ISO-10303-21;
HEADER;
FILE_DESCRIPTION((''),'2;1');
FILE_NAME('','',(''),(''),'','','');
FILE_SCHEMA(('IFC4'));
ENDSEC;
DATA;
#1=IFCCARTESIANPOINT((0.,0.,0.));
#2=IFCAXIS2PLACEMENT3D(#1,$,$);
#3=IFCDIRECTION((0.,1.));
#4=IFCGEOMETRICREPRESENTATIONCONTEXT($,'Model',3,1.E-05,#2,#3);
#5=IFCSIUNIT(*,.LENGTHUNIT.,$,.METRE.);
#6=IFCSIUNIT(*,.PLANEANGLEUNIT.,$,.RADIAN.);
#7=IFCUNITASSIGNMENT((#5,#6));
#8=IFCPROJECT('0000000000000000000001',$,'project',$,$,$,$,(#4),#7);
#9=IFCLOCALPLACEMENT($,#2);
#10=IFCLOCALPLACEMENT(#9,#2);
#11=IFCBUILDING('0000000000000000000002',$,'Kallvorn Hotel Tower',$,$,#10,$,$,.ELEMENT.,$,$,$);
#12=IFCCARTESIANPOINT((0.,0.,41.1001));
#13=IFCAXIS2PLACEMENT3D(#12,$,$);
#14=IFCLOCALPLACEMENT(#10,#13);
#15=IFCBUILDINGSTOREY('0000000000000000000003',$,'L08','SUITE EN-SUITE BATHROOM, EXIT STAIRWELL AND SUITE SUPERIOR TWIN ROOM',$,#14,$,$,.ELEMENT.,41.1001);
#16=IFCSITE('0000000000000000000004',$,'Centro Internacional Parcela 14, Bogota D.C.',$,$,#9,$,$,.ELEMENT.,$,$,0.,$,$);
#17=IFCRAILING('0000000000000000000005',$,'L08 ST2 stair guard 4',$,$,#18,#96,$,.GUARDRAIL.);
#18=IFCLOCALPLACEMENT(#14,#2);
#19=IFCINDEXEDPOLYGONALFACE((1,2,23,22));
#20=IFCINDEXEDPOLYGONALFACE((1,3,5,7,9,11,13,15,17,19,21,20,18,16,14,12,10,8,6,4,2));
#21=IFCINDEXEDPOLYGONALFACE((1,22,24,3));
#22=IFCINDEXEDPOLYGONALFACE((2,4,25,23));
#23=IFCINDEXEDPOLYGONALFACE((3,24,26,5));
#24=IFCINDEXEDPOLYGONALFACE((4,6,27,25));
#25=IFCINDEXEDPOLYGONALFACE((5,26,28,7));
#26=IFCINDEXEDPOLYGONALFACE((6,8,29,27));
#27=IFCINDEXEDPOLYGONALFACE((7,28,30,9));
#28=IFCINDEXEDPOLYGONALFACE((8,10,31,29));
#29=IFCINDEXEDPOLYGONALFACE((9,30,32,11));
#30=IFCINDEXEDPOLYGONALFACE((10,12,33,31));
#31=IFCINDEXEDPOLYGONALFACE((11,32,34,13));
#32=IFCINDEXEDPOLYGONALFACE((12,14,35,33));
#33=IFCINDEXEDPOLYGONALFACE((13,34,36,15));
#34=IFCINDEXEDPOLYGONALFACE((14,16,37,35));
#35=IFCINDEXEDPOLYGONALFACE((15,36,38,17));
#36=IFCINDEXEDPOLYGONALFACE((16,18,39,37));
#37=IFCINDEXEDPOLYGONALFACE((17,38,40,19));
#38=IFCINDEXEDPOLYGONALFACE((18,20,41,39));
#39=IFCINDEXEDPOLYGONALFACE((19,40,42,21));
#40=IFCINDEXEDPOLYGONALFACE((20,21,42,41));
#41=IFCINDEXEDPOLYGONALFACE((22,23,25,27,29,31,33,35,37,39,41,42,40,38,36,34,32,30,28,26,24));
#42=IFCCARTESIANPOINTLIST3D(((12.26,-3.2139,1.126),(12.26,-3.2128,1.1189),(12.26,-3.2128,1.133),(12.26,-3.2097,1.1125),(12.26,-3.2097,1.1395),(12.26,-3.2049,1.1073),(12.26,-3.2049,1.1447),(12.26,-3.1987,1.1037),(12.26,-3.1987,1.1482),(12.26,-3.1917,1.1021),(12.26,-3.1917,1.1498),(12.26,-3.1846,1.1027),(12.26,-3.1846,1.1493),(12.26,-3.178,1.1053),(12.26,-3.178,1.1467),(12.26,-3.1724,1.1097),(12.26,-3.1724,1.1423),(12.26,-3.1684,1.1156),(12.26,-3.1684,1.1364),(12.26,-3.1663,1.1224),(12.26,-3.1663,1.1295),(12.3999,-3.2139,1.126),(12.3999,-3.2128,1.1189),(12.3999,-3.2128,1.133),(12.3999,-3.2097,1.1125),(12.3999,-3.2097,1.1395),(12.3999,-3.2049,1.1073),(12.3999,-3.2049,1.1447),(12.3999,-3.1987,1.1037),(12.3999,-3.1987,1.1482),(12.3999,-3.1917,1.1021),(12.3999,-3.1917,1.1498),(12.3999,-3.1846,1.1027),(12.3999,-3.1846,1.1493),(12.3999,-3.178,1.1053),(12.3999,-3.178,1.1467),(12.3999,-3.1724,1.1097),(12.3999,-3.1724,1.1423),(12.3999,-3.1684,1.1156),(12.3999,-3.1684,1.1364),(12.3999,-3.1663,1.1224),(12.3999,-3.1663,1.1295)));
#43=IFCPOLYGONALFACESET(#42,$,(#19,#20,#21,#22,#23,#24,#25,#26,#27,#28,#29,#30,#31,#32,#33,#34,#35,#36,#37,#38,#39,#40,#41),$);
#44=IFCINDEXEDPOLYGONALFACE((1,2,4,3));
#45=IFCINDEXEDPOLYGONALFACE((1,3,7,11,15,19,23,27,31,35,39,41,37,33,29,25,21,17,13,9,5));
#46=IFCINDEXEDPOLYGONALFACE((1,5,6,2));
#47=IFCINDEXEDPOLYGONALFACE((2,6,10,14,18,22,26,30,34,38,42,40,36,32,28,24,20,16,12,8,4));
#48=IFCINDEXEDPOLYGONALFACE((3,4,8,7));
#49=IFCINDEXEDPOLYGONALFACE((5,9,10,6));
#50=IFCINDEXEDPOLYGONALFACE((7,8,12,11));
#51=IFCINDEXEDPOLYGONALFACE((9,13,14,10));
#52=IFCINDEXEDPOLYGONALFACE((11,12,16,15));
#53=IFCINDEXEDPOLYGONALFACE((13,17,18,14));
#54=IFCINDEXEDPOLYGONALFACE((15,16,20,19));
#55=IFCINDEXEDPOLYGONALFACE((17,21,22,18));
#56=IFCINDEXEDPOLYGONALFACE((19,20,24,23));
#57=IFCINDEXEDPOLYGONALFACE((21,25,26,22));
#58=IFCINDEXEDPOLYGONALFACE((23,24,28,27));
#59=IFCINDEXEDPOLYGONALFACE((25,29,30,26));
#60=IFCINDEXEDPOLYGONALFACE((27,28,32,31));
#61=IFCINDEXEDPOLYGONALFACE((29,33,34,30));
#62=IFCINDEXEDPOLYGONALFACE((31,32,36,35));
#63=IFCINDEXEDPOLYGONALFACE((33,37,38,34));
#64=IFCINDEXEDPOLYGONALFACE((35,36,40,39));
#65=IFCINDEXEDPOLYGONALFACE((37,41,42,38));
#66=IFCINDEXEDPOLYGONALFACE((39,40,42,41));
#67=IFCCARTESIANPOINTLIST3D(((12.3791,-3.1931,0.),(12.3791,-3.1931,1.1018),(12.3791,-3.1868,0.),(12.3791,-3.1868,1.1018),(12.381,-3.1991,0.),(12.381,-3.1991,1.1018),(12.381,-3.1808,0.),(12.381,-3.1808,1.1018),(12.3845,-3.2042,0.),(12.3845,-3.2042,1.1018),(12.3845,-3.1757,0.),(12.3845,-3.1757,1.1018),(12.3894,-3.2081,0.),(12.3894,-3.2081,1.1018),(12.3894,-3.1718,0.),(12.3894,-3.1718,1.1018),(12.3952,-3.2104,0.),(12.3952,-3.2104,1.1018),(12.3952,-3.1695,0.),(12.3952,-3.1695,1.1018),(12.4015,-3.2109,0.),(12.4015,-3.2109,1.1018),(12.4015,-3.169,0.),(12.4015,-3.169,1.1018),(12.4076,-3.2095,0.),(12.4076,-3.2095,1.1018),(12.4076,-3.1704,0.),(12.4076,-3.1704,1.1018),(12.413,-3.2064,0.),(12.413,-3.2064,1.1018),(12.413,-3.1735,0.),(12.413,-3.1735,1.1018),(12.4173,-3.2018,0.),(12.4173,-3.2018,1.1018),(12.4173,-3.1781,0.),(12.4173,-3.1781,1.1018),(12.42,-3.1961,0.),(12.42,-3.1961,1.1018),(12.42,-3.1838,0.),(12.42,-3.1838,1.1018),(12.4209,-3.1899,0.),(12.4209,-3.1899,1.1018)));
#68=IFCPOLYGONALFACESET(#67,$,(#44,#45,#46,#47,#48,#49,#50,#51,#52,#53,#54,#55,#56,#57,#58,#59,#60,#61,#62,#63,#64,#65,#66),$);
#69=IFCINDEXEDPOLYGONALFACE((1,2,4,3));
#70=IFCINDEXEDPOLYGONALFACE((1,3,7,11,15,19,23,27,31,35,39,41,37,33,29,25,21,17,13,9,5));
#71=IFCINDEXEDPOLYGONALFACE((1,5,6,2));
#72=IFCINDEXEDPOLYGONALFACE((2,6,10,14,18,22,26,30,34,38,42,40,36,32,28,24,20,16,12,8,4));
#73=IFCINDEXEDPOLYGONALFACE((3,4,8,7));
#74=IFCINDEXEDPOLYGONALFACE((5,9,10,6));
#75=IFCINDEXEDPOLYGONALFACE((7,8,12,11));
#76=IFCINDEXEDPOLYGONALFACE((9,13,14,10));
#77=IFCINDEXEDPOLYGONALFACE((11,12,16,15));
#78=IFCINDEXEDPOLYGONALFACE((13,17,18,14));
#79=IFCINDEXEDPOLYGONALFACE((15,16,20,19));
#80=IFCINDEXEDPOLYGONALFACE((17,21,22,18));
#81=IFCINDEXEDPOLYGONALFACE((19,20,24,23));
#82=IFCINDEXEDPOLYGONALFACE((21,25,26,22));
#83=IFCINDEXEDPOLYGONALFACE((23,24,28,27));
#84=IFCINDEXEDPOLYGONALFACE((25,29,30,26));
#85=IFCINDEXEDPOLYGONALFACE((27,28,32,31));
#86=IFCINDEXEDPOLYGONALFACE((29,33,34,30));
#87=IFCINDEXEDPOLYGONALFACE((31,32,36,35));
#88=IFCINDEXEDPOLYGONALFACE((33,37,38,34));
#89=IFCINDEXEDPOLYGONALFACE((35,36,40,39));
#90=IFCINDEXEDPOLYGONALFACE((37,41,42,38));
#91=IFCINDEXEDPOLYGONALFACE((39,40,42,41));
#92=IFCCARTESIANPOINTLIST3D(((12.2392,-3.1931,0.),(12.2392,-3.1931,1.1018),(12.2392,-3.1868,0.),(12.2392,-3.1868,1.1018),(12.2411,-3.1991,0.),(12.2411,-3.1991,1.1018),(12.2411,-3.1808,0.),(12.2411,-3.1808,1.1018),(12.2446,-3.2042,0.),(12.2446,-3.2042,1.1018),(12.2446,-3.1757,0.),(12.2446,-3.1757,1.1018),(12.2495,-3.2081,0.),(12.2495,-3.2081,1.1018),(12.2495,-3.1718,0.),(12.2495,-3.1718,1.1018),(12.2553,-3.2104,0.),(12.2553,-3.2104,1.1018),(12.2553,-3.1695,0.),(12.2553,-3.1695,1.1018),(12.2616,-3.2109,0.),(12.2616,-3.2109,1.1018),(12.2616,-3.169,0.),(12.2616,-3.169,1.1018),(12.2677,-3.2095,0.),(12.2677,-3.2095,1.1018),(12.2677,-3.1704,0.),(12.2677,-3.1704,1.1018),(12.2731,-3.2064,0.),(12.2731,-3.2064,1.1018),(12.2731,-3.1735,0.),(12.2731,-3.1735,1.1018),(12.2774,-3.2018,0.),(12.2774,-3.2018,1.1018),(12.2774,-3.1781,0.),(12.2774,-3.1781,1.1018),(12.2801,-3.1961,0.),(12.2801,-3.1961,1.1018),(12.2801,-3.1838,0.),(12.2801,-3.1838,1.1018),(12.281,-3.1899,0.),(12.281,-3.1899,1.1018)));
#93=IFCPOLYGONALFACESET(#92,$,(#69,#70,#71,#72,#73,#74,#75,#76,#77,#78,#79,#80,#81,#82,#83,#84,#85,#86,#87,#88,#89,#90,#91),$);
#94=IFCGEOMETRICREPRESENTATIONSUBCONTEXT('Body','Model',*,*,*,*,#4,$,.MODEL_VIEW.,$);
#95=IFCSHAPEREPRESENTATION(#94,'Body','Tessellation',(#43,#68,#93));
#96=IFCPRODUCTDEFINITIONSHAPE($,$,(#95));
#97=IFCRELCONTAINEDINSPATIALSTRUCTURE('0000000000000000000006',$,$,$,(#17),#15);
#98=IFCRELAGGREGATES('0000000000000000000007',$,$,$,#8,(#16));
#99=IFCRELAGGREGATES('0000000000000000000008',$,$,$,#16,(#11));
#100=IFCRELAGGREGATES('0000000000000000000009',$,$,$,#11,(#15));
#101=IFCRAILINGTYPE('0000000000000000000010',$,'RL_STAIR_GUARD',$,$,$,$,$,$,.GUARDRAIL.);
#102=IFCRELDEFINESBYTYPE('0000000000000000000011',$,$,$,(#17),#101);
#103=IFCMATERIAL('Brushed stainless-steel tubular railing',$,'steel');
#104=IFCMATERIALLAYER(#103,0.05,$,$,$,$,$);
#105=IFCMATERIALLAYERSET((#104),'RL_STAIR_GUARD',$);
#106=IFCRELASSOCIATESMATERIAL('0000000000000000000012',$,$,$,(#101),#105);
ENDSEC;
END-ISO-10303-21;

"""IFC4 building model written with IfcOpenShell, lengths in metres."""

from ifc_helpers import new_model, si_unit, direction, frame, origin, origin_2d, place, context, subcontext, project, spatial, circle, extrude, material, layer, layer_set, type_object, element, save


model = new_model("IFC4")

# Units and contexts
model_context = context("Model", 3, precision=1e-05, world=origin(), true_north=direction((0.0, 1.0)))
body_context = subcontext(model_context, "Body", "Model", "MODEL_VIEW")
ifc_project = project(units=[si_unit("LENGTHUNIT", "METRE"), si_unit("PLANEANGLEUNIT", "RADIAN")], contexts=[model_context])

# Site, building, storey
site_placement = place(None, origin())
site = spatial("IfcSite", under=ifc_project, at=site_placement, Name="Centro Internacional Parcela 14, Bogota D.C.", CompositionType="ELEMENT", RefElevation=0.0)
building_placement = place(site_placement, origin())
building = spatial("IfcBuilding", under=site, at=building_placement, Name="Kallvorn Hotel Tower", CompositionType="ELEMENT")
storey_placement = place(building_placement, frame((0.0, 0.0, 41.1001)))
storey = spatial("IfcBuildingStorey", under=building, at=storey_placement, Name="L08", Description="SUITE EN-SUITE BATHROOM, EXIT STAIRWELL AND SUITE SUPERIOR TWIN ROOM", CompositionType="ELEMENT", Elevation=41.1001)

# Railing
ifc_material_1 = material(Name="Brushed stainless-steel tubular railing", Category="steel")
ifc_layer_1 = layer(ifc_material_1, 0.05)
ifc_layer_set_1 = layer_set([ifc_layer_1], Name="RL_STAIR_GUARD")
railing_type_1 = type_object("IfcRailingType", Name="RL_STAIR_GUARD", PredefinedType="GUARDRAIL", material=ifc_layer_set_1)
railing_1_placement = place(storey_placement, frame((12.3999, -3.1899, 0.0)))
element("IfcRailing", 1, at=railing_1_placement, inside=storey, type_object=railing_type_1, Name="L08 ST2 stair guard 4", PredefinedType="GUARDRAIL", context=body_context, shape_type="SweptSolid", body=[
    extrude(circle(Radius=0.0239, at=origin_2d()), frame((0.0, 0.0, 1.126), z_axis=(-1.0, 0.0, 0.0), x_axis=(0.0, -1.0, 0.0)), (0.0, 0.0, 1.0), 0.1399),
    extrude(circle(Radius=0.021, at=origin_2d()), origin(), (0.0, 0.0, 1.0), 1.1018),
    extrude(circle(Radius=0.021, at=origin_2d()), frame((-0.1399, 0.0, 0.0)), (0.0, 0.0, 1.0), 1.1018),
])

save(model, "model.ifc")
